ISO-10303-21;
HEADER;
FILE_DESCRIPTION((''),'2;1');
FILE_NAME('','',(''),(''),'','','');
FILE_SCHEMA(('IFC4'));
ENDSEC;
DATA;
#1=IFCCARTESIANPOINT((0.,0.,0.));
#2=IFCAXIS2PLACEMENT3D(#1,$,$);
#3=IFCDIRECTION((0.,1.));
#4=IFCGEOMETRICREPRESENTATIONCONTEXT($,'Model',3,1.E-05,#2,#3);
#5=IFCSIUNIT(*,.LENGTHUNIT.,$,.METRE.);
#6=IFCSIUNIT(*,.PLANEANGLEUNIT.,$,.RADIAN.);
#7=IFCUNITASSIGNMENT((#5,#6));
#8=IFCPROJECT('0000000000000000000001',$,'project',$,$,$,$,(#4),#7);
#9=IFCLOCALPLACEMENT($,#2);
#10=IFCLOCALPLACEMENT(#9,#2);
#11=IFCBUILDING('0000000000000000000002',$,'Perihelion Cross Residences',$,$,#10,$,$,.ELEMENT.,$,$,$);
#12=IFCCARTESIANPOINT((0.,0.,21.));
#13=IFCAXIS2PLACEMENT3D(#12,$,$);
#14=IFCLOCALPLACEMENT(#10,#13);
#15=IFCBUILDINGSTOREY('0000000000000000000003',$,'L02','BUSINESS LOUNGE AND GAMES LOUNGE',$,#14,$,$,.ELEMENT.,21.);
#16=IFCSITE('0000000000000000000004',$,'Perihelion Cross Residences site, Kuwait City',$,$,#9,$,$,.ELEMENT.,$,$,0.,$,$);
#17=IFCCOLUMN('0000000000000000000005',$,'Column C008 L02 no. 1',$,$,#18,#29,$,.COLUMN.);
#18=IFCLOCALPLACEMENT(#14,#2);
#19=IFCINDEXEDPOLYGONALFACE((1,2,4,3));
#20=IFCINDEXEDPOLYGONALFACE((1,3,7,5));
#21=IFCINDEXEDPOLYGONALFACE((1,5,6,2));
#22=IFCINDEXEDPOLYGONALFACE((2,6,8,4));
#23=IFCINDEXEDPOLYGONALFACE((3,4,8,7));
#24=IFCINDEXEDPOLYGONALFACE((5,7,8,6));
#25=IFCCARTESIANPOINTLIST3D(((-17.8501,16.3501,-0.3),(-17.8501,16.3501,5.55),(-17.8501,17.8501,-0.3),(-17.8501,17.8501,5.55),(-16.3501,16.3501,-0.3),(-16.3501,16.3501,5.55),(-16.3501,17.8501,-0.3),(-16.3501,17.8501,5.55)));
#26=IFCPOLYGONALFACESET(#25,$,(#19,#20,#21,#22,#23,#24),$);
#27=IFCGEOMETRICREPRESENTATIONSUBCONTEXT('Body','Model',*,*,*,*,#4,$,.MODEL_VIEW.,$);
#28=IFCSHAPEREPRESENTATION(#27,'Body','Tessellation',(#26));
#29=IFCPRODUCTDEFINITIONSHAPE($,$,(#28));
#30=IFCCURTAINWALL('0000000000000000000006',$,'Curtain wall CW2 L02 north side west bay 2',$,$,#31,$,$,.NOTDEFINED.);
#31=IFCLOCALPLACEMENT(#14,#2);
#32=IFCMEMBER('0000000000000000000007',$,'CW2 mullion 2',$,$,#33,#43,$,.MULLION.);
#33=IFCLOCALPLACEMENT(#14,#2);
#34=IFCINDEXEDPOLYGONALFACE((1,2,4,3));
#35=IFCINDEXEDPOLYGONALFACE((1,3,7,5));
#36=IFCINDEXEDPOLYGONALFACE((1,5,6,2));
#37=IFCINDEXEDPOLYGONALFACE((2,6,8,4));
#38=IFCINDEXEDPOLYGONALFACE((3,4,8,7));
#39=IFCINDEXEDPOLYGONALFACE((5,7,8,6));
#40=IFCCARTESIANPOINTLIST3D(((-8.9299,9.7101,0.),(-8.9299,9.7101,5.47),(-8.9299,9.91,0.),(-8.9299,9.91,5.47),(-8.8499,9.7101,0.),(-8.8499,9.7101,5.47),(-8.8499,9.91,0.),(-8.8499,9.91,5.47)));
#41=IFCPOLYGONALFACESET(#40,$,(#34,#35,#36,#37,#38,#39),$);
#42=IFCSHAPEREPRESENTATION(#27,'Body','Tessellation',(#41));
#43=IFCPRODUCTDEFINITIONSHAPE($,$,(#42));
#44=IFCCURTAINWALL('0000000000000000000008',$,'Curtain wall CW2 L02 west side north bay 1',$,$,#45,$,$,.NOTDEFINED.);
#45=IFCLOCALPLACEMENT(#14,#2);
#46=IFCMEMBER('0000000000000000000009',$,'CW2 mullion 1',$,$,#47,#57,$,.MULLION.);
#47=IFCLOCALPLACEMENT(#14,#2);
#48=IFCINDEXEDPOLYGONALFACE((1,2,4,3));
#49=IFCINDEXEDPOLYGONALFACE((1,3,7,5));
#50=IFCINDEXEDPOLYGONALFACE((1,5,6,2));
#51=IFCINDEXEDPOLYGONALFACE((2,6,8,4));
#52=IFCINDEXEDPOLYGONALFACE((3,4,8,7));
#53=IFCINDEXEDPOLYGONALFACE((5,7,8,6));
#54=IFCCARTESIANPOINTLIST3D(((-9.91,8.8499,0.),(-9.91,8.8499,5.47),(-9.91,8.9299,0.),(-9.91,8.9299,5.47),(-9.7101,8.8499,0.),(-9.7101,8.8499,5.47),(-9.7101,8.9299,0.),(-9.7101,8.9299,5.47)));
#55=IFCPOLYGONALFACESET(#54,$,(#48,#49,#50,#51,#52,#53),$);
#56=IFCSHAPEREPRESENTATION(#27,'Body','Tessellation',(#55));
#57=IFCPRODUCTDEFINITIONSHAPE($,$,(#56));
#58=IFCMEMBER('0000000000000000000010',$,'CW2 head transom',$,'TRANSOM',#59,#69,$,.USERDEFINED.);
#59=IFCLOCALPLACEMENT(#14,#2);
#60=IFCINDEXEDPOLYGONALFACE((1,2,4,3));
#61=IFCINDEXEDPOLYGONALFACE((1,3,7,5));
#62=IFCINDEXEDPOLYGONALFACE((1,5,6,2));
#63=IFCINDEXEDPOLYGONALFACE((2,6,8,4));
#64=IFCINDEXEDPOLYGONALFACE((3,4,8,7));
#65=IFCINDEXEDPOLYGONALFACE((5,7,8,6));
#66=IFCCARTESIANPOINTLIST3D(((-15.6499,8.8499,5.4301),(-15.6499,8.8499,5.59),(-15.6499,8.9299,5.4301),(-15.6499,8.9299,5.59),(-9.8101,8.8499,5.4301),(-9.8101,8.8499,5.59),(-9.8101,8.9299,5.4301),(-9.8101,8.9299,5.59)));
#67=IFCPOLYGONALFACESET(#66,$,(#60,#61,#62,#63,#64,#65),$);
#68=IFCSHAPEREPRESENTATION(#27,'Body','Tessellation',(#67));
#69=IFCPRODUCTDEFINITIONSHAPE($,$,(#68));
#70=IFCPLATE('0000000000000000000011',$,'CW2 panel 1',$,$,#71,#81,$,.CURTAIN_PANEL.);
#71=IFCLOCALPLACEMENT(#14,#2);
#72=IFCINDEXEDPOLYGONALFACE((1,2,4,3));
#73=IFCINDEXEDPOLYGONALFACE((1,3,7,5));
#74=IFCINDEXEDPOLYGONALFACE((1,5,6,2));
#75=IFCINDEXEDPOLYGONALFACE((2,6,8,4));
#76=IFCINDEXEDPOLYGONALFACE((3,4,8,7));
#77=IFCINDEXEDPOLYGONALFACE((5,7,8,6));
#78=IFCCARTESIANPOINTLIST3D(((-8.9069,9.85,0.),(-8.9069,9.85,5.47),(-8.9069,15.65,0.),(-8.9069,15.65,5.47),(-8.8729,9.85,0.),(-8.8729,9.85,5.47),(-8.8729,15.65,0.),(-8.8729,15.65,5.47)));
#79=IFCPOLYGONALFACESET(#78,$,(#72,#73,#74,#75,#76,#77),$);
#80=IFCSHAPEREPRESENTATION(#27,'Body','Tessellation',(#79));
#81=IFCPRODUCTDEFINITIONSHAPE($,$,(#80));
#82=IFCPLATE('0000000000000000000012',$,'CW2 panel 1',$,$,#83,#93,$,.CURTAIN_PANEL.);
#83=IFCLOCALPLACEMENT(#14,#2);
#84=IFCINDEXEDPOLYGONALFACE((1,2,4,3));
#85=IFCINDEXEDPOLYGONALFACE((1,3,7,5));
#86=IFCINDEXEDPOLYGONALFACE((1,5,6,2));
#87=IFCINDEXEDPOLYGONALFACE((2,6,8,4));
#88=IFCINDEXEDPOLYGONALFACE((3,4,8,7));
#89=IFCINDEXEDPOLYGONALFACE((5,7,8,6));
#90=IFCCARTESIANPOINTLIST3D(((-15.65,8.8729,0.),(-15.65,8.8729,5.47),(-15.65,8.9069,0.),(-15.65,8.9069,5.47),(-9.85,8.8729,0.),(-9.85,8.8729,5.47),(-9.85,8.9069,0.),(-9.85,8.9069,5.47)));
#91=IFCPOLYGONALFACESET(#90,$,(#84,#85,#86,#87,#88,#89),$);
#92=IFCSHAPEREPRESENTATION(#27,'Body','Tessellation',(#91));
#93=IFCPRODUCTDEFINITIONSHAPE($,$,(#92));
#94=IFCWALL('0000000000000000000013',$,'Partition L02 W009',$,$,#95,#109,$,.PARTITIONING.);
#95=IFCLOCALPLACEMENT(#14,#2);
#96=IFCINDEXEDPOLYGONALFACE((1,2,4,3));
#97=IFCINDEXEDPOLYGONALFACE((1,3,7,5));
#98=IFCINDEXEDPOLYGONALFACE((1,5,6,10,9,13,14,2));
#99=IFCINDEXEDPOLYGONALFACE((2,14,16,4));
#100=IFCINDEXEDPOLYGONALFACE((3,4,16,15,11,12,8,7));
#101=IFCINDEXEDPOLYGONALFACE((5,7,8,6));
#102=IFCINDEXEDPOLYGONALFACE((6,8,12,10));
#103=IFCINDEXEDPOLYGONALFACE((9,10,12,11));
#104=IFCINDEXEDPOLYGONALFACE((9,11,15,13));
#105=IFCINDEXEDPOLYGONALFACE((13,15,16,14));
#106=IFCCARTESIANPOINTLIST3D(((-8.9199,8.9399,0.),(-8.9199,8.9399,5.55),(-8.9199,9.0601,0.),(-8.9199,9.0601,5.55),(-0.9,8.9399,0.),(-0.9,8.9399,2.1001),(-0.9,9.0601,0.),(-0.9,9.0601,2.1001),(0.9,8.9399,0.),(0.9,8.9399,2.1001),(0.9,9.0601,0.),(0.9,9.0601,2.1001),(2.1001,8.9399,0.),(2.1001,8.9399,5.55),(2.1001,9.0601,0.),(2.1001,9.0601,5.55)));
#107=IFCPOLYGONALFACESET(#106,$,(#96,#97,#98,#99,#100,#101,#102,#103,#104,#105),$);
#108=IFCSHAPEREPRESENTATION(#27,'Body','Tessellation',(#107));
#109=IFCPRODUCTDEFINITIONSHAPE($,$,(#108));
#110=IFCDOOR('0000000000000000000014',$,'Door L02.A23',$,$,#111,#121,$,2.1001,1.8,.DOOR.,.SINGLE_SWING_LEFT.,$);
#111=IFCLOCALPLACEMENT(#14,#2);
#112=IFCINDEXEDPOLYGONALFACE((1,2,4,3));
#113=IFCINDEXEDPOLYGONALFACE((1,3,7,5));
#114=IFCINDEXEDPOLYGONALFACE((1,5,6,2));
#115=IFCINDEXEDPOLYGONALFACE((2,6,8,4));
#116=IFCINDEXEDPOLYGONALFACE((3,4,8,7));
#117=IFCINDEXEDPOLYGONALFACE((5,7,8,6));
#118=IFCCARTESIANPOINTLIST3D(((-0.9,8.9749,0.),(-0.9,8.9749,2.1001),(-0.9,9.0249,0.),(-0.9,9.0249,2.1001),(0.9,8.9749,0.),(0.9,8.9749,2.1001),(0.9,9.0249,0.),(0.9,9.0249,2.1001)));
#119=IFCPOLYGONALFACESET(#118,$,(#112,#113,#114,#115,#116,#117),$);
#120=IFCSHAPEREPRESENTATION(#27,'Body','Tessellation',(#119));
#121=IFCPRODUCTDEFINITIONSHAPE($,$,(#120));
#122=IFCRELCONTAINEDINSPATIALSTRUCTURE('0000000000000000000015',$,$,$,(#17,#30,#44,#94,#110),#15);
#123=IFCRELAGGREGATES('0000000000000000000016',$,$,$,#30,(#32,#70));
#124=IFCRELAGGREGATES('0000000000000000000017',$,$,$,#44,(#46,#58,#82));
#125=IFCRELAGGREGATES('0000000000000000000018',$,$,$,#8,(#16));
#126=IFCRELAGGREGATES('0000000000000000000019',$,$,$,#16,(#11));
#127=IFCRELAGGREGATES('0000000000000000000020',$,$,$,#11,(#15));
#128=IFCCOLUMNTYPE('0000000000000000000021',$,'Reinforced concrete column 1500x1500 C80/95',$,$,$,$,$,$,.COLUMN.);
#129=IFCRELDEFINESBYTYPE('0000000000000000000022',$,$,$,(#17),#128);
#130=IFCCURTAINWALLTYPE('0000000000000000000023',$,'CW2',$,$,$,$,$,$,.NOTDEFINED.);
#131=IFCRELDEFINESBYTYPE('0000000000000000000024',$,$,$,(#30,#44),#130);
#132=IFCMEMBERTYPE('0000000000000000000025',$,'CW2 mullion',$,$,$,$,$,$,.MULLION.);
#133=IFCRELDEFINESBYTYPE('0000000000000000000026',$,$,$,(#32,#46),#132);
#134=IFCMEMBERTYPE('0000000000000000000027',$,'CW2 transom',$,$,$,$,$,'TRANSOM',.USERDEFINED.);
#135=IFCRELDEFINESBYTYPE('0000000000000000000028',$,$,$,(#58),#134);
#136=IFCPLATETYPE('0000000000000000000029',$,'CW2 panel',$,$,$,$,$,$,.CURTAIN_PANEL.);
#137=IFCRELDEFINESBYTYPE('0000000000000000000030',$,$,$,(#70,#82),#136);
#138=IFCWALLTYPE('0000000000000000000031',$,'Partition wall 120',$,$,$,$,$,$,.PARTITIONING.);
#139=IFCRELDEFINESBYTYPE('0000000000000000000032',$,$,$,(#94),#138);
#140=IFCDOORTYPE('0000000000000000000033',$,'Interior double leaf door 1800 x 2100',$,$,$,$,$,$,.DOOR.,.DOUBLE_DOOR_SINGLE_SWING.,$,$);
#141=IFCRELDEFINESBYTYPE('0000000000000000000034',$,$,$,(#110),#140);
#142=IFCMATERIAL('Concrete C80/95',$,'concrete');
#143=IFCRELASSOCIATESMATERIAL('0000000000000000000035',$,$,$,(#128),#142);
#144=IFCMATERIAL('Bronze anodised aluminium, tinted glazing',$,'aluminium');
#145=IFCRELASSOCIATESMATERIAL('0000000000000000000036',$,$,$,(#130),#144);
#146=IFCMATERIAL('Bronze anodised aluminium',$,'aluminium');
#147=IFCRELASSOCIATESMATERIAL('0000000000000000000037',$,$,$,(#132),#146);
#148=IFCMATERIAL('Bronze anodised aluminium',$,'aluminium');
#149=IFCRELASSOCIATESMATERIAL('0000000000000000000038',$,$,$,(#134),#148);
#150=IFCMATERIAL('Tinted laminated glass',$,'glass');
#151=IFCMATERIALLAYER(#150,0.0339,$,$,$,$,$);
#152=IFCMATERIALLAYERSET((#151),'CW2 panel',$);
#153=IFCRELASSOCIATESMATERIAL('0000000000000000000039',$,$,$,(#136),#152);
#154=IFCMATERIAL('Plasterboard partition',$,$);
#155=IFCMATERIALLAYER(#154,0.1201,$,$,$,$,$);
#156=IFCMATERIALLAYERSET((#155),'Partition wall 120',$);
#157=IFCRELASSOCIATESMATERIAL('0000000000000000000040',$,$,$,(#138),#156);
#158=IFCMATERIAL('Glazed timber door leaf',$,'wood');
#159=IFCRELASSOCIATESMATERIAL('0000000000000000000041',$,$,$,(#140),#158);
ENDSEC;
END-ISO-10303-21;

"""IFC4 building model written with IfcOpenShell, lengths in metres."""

from ifc_helpers import new_model, si_unit, direction, frame, frame_2d, origin, origin_2d, place, context, subcontext, project, spatial, rectangle, extrude, material, layer, layer_set, material_profile, profile_set, type_object, element, fill, aggregate, save


model = new_model("IFC4")

# Units and contexts
model_context = context("Model", 3, precision=1e-05, world=origin(), true_north=direction((0.0, 1.0)))
body_context = subcontext(model_context, "Body", "Model", "MODEL_VIEW")
ifc_project = project(units=[si_unit("LENGTHUNIT", "METRE"), si_unit("PLANEANGLEUNIT", "RADIAN")], contexts=[model_context])

# Site, building, storey
site_placement = place(None, origin())
site = spatial("IfcSite", under=ifc_project, at=site_placement, Name="Perihelion Cross Residences site, Kuwait City", CompositionType="ELEMENT", RefElevation=0.0)
building_placement = place(site_placement, origin())
building = spatial("IfcBuilding", under=site, at=building_placement, Name="Perihelion Cross Residences", CompositionType="ELEMENT")
storey_placement = place(building_placement, frame((0.0, 0.0, 21.0)))
storey = spatial("IfcBuildingStorey", under=building, at=storey_placement, Name="L02", Description="BUSINESS LOUNGE AND GAMES LOUNGE", CompositionType="ELEMENT", Elevation=21.0)

# Column
ifc_material_1 = material(Name="Concrete C80/95", Category="concrete")
ifc_material_profile_1 = material_profile(ifc_material_1, rectangle(XDim=1.5, YDim=1.5, at=origin_2d()), Name="RC 1500x1500")
ifc_profile_set_1 = profile_set([ifc_material_profile_1], Name="Concrete C80/95")
column_type = type_object("IfcColumnType", Name="Reinforced concrete column 1500x1500 C80/95", PredefinedType="COLUMN", material=ifc_profile_set_1)
column_placement = place(storey_placement, frame((-17.1001, 17.1001, -0.3), z_axis=(0.0, 0.0, 1.0), x_axis=(1.0, 0.0, 0.0)))
element("IfcColumn", 1, at=column_placement, inside=storey, type_object=column_type, Name="Column C008 L02 no. 1", PredefinedType="COLUMN", context=body_context, shape_type="SweptSolid", body=[
    extrude(rectangle(XDim=1.5, YDim=1.5, at=origin_2d()), origin(), (0.0, 0.0, 1.0), 5.8501),
])

# Curtain wall, member
ifc_material_2 = material(Name="Bronze anodised aluminium, tinted glazing", Category="aluminium")
curtain_wall_type = type_object("IfcCurtainWallType", Name="CW2", PredefinedType="NOTDEFINED", material=ifc_material_2)
curtain_wall_1_placement = place(storey_placement, origin())
curtain_wall_1 = element("IfcCurtainWall", 2, at=curtain_wall_1_placement, inside=storey, type_object=curtain_wall_type, Name="Curtain wall CW2 L02 north side west bay 2", PredefinedType="NOTDEFINED")
ifc_material_3 = material(Name="Bronze anodised aluminium", Category="aluminium")
ifc_material_profile_2 = material_profile(ifc_material_3, rectangle(XDim=0.0801, YDim=0.2, at=origin_2d()), Name="CW2 mullion")
ifc_profile_set_2 = profile_set([ifc_material_profile_2], Name="Bronze anodised aluminium")
member_type_1 = type_object("IfcMemberType", Name="CW2 mullion", PredefinedType="MULLION", material=ifc_profile_set_2)
member_1_placement = place(storey_placement, frame((-8.8899, 9.8101, 0.0), z_axis=(0.0, 0.0, 1.0), x_axis=(1.0, 0.0, 0.0)))
member_1 = element("IfcMember", 3, at=member_1_placement, type_object=member_type_1, Name="CW2 mullion 2", PredefinedType="MULLION", context=body_context, shape_type="SweptSolid", body=[
    extrude(rectangle(XDim=0.0801, YDim=0.2, at=origin_2d()), origin(), (0.0, 0.0, 1.0), 5.47),
])

# Curtain wall, members
curtain_wall_2_placement = place(storey_placement, origin())
curtain_wall_2 = element("IfcCurtainWall", 4, at=curtain_wall_2_placement, inside=storey, type_object=curtain_wall_type, Name="Curtain wall CW2 L02 west side north bay 1", PredefinedType="NOTDEFINED")
member_2_placement = place(storey_placement, frame((-9.8101, 8.8899, 0.0), z_axis=(0.0, 0.0, 1.0), x_axis=(0.0, -1.0, 0.0)))
member_2 = element("IfcMember", 5, at=member_2_placement, type_object=member_type_1, Name="CW2 mullion 1", PredefinedType="MULLION", context=body_context, shape_type="SweptSolid", body=[
    extrude(rectangle(XDim=0.0801, YDim=0.2, at=origin_2d()), origin(), (0.0, 0.0, 1.0), 5.47),
])
ifc_material_4 = material(Name="Bronze anodised aluminium", Category="aluminium")
ifc_material_profile_3 = material_profile(ifc_material_4, rectangle(XDim=0.0801, YDim=0.1599, at=origin_2d()), Name="CW2 transom")
ifc_profile_set_3 = profile_set([ifc_material_profile_3], Name="Bronze anodised aluminium")
member_type_2 = type_object("IfcMemberType", Name="CW2 transom", ElementType="TRANSOM", PredefinedType="USERDEFINED", material=ifc_profile_set_3)
member_3_placement = place(storey_placement, frame((-9.8101, 8.8899, 5.51), z_axis=(-1.0, 0.0, 0.0), x_axis=(0.0, -1.0, 0.0)))
member_3 = element("IfcMember", 6, at=member_3_placement, type_object=member_type_2, Name="CW2 head transom", ObjectType="TRANSOM", PredefinedType="USERDEFINED", context=body_context, shape_type="SweptSolid", body=[
    extrude(rectangle(XDim=0.0801, YDim=0.1599, at=origin_2d()), origin(), (0.0, 0.0, 1.0), 5.8398),
])

# Plates
ifc_material_5 = material(Name="Tinted laminated glass", Category="glass")
ifc_layer_1 = layer(ifc_material_5, 0.0339)
ifc_layer_set_1 = layer_set([ifc_layer_1], Name="CW2 panel")
plate_type = type_object("IfcPlateType", Name="CW2 panel", PredefinedType="CURTAIN_PANEL", material=ifc_layer_set_1)
plate_1_placement = place(storey_placement, frame((-8.8899, 12.75, 0.0), z_axis=(0.0, 0.0, 1.0), x_axis=(0.0, -1.0, 0.0)))
plate_1 = element("IfcPlate", 7, at=plate_1_placement, type_object=plate_type, Name="CW2 panel 1", PredefinedType="CURTAIN_PANEL", context=body_context, shape_type="SweptSolid", body=[
    extrude(rectangle(XDim=5.8, YDim=0.0339, at=origin_2d()), origin(), (0.0, 0.0, 1.0), 5.47),
])
aggregate(curtain_wall_1, [member_1, plate_1])
plate_2_placement = place(storey_placement, frame((-12.75, 8.8899, 0.0), z_axis=(0.0, 0.0, 1.0), x_axis=(-1.0, 0.0, 0.0)))
plate_2 = element("IfcPlate", 8, at=plate_2_placement, type_object=plate_type, Name="CW2 panel 1", PredefinedType="CURTAIN_PANEL", context=body_context, shape_type="SweptSolid", body=[
    extrude(rectangle(XDim=5.8, YDim=0.0339, at=origin_2d()), origin(), (0.0, 0.0, 1.0), 5.47),
])
aggregate(curtain_wall_2, [member_2, member_3, plate_2])

# Wall, opening, door
ifc_material_6 = material(Name="Plasterboard partition")
ifc_layer_2 = layer(ifc_material_6, 0.1201)
ifc_layer_set_2 = layer_set([ifc_layer_2], Name="Partition wall 120")
wall_type_1 = type_object("IfcWallType", Name="Partition wall 120", PredefinedType="PARTITIONING", material=ifc_layer_set_2)
wall_1_placement = place(storey_placement, frame((-8.9199, 9.0, 0.0), z_axis=(0.0, 0.0, 1.0), x_axis=(1.0, 0.0, 0.0)))
wall_1 = element("IfcWall", 9, at=wall_1_placement, inside=storey, type_object=wall_type_1, Name="Partition L02 W009", PredefinedType="PARTITIONING", context=body_context, shape_type="SweptSolid", body=[
    extrude(rectangle(XDim=11.02, YDim=0.1201, at=frame_2d((5.51, 0.0))), origin(), (0.0, 0.0, 1.0), 5.55),
])
opening_1_placement = place(wall_1_placement, frame((8.02, 0.0, 0.0)))
opening_1 = element("IfcOpeningElement", 10, at=opening_1_placement, cuts=wall_1, PredefinedType="OPENING", context=body_context, shape_type="SweptSolid", body=[
    extrude(rectangle(XDim=1.8, YDim=2.1001, at=frame_2d((0.8999, 1.05))), frame((0.0, 0.0701, 0.0), z_axis=(0.0, -1.0, 0.0), x_axis=(1.0, 0.0, 0.0)), (0.0, 0.0, 1.0), 0.1401),
])
ifc_material_7 = material(Name="Glazed timber door leaf", Category="wood")
door_type_1 = type_object("IfcDoorType", Name="Interior double leaf door 1800 x 2100", OperationType="DOUBLE_DOOR_SINGLE_SWING", PredefinedType="DOOR", material=ifc_material_7)
door_1_placement = place(opening_1_placement, origin())
door_1 = element("IfcDoor", 11, at=door_1_placement, inside=storey, type_object=door_type_1, Name="Door L02.A23", OperationType="SINGLE_SWING_LEFT", OverallHeight=2.1001, OverallWidth=1.8, PredefinedType="DOOR", context=body_context, shape_type="SweptSolid", body=[
    extrude(rectangle(XDim=1.8, YDim=2.1001, at=frame_2d((0.8999, 1.05))), frame((0.0, 0.0249, 0.0), z_axis=(0.0, -1.0, 0.0), x_axis=(1.0, 0.0, 0.0)), (0.0, 0.0, 1.0), 0.05),
])
fill(opening_1, door_1)

save(model, "model.ifc")
